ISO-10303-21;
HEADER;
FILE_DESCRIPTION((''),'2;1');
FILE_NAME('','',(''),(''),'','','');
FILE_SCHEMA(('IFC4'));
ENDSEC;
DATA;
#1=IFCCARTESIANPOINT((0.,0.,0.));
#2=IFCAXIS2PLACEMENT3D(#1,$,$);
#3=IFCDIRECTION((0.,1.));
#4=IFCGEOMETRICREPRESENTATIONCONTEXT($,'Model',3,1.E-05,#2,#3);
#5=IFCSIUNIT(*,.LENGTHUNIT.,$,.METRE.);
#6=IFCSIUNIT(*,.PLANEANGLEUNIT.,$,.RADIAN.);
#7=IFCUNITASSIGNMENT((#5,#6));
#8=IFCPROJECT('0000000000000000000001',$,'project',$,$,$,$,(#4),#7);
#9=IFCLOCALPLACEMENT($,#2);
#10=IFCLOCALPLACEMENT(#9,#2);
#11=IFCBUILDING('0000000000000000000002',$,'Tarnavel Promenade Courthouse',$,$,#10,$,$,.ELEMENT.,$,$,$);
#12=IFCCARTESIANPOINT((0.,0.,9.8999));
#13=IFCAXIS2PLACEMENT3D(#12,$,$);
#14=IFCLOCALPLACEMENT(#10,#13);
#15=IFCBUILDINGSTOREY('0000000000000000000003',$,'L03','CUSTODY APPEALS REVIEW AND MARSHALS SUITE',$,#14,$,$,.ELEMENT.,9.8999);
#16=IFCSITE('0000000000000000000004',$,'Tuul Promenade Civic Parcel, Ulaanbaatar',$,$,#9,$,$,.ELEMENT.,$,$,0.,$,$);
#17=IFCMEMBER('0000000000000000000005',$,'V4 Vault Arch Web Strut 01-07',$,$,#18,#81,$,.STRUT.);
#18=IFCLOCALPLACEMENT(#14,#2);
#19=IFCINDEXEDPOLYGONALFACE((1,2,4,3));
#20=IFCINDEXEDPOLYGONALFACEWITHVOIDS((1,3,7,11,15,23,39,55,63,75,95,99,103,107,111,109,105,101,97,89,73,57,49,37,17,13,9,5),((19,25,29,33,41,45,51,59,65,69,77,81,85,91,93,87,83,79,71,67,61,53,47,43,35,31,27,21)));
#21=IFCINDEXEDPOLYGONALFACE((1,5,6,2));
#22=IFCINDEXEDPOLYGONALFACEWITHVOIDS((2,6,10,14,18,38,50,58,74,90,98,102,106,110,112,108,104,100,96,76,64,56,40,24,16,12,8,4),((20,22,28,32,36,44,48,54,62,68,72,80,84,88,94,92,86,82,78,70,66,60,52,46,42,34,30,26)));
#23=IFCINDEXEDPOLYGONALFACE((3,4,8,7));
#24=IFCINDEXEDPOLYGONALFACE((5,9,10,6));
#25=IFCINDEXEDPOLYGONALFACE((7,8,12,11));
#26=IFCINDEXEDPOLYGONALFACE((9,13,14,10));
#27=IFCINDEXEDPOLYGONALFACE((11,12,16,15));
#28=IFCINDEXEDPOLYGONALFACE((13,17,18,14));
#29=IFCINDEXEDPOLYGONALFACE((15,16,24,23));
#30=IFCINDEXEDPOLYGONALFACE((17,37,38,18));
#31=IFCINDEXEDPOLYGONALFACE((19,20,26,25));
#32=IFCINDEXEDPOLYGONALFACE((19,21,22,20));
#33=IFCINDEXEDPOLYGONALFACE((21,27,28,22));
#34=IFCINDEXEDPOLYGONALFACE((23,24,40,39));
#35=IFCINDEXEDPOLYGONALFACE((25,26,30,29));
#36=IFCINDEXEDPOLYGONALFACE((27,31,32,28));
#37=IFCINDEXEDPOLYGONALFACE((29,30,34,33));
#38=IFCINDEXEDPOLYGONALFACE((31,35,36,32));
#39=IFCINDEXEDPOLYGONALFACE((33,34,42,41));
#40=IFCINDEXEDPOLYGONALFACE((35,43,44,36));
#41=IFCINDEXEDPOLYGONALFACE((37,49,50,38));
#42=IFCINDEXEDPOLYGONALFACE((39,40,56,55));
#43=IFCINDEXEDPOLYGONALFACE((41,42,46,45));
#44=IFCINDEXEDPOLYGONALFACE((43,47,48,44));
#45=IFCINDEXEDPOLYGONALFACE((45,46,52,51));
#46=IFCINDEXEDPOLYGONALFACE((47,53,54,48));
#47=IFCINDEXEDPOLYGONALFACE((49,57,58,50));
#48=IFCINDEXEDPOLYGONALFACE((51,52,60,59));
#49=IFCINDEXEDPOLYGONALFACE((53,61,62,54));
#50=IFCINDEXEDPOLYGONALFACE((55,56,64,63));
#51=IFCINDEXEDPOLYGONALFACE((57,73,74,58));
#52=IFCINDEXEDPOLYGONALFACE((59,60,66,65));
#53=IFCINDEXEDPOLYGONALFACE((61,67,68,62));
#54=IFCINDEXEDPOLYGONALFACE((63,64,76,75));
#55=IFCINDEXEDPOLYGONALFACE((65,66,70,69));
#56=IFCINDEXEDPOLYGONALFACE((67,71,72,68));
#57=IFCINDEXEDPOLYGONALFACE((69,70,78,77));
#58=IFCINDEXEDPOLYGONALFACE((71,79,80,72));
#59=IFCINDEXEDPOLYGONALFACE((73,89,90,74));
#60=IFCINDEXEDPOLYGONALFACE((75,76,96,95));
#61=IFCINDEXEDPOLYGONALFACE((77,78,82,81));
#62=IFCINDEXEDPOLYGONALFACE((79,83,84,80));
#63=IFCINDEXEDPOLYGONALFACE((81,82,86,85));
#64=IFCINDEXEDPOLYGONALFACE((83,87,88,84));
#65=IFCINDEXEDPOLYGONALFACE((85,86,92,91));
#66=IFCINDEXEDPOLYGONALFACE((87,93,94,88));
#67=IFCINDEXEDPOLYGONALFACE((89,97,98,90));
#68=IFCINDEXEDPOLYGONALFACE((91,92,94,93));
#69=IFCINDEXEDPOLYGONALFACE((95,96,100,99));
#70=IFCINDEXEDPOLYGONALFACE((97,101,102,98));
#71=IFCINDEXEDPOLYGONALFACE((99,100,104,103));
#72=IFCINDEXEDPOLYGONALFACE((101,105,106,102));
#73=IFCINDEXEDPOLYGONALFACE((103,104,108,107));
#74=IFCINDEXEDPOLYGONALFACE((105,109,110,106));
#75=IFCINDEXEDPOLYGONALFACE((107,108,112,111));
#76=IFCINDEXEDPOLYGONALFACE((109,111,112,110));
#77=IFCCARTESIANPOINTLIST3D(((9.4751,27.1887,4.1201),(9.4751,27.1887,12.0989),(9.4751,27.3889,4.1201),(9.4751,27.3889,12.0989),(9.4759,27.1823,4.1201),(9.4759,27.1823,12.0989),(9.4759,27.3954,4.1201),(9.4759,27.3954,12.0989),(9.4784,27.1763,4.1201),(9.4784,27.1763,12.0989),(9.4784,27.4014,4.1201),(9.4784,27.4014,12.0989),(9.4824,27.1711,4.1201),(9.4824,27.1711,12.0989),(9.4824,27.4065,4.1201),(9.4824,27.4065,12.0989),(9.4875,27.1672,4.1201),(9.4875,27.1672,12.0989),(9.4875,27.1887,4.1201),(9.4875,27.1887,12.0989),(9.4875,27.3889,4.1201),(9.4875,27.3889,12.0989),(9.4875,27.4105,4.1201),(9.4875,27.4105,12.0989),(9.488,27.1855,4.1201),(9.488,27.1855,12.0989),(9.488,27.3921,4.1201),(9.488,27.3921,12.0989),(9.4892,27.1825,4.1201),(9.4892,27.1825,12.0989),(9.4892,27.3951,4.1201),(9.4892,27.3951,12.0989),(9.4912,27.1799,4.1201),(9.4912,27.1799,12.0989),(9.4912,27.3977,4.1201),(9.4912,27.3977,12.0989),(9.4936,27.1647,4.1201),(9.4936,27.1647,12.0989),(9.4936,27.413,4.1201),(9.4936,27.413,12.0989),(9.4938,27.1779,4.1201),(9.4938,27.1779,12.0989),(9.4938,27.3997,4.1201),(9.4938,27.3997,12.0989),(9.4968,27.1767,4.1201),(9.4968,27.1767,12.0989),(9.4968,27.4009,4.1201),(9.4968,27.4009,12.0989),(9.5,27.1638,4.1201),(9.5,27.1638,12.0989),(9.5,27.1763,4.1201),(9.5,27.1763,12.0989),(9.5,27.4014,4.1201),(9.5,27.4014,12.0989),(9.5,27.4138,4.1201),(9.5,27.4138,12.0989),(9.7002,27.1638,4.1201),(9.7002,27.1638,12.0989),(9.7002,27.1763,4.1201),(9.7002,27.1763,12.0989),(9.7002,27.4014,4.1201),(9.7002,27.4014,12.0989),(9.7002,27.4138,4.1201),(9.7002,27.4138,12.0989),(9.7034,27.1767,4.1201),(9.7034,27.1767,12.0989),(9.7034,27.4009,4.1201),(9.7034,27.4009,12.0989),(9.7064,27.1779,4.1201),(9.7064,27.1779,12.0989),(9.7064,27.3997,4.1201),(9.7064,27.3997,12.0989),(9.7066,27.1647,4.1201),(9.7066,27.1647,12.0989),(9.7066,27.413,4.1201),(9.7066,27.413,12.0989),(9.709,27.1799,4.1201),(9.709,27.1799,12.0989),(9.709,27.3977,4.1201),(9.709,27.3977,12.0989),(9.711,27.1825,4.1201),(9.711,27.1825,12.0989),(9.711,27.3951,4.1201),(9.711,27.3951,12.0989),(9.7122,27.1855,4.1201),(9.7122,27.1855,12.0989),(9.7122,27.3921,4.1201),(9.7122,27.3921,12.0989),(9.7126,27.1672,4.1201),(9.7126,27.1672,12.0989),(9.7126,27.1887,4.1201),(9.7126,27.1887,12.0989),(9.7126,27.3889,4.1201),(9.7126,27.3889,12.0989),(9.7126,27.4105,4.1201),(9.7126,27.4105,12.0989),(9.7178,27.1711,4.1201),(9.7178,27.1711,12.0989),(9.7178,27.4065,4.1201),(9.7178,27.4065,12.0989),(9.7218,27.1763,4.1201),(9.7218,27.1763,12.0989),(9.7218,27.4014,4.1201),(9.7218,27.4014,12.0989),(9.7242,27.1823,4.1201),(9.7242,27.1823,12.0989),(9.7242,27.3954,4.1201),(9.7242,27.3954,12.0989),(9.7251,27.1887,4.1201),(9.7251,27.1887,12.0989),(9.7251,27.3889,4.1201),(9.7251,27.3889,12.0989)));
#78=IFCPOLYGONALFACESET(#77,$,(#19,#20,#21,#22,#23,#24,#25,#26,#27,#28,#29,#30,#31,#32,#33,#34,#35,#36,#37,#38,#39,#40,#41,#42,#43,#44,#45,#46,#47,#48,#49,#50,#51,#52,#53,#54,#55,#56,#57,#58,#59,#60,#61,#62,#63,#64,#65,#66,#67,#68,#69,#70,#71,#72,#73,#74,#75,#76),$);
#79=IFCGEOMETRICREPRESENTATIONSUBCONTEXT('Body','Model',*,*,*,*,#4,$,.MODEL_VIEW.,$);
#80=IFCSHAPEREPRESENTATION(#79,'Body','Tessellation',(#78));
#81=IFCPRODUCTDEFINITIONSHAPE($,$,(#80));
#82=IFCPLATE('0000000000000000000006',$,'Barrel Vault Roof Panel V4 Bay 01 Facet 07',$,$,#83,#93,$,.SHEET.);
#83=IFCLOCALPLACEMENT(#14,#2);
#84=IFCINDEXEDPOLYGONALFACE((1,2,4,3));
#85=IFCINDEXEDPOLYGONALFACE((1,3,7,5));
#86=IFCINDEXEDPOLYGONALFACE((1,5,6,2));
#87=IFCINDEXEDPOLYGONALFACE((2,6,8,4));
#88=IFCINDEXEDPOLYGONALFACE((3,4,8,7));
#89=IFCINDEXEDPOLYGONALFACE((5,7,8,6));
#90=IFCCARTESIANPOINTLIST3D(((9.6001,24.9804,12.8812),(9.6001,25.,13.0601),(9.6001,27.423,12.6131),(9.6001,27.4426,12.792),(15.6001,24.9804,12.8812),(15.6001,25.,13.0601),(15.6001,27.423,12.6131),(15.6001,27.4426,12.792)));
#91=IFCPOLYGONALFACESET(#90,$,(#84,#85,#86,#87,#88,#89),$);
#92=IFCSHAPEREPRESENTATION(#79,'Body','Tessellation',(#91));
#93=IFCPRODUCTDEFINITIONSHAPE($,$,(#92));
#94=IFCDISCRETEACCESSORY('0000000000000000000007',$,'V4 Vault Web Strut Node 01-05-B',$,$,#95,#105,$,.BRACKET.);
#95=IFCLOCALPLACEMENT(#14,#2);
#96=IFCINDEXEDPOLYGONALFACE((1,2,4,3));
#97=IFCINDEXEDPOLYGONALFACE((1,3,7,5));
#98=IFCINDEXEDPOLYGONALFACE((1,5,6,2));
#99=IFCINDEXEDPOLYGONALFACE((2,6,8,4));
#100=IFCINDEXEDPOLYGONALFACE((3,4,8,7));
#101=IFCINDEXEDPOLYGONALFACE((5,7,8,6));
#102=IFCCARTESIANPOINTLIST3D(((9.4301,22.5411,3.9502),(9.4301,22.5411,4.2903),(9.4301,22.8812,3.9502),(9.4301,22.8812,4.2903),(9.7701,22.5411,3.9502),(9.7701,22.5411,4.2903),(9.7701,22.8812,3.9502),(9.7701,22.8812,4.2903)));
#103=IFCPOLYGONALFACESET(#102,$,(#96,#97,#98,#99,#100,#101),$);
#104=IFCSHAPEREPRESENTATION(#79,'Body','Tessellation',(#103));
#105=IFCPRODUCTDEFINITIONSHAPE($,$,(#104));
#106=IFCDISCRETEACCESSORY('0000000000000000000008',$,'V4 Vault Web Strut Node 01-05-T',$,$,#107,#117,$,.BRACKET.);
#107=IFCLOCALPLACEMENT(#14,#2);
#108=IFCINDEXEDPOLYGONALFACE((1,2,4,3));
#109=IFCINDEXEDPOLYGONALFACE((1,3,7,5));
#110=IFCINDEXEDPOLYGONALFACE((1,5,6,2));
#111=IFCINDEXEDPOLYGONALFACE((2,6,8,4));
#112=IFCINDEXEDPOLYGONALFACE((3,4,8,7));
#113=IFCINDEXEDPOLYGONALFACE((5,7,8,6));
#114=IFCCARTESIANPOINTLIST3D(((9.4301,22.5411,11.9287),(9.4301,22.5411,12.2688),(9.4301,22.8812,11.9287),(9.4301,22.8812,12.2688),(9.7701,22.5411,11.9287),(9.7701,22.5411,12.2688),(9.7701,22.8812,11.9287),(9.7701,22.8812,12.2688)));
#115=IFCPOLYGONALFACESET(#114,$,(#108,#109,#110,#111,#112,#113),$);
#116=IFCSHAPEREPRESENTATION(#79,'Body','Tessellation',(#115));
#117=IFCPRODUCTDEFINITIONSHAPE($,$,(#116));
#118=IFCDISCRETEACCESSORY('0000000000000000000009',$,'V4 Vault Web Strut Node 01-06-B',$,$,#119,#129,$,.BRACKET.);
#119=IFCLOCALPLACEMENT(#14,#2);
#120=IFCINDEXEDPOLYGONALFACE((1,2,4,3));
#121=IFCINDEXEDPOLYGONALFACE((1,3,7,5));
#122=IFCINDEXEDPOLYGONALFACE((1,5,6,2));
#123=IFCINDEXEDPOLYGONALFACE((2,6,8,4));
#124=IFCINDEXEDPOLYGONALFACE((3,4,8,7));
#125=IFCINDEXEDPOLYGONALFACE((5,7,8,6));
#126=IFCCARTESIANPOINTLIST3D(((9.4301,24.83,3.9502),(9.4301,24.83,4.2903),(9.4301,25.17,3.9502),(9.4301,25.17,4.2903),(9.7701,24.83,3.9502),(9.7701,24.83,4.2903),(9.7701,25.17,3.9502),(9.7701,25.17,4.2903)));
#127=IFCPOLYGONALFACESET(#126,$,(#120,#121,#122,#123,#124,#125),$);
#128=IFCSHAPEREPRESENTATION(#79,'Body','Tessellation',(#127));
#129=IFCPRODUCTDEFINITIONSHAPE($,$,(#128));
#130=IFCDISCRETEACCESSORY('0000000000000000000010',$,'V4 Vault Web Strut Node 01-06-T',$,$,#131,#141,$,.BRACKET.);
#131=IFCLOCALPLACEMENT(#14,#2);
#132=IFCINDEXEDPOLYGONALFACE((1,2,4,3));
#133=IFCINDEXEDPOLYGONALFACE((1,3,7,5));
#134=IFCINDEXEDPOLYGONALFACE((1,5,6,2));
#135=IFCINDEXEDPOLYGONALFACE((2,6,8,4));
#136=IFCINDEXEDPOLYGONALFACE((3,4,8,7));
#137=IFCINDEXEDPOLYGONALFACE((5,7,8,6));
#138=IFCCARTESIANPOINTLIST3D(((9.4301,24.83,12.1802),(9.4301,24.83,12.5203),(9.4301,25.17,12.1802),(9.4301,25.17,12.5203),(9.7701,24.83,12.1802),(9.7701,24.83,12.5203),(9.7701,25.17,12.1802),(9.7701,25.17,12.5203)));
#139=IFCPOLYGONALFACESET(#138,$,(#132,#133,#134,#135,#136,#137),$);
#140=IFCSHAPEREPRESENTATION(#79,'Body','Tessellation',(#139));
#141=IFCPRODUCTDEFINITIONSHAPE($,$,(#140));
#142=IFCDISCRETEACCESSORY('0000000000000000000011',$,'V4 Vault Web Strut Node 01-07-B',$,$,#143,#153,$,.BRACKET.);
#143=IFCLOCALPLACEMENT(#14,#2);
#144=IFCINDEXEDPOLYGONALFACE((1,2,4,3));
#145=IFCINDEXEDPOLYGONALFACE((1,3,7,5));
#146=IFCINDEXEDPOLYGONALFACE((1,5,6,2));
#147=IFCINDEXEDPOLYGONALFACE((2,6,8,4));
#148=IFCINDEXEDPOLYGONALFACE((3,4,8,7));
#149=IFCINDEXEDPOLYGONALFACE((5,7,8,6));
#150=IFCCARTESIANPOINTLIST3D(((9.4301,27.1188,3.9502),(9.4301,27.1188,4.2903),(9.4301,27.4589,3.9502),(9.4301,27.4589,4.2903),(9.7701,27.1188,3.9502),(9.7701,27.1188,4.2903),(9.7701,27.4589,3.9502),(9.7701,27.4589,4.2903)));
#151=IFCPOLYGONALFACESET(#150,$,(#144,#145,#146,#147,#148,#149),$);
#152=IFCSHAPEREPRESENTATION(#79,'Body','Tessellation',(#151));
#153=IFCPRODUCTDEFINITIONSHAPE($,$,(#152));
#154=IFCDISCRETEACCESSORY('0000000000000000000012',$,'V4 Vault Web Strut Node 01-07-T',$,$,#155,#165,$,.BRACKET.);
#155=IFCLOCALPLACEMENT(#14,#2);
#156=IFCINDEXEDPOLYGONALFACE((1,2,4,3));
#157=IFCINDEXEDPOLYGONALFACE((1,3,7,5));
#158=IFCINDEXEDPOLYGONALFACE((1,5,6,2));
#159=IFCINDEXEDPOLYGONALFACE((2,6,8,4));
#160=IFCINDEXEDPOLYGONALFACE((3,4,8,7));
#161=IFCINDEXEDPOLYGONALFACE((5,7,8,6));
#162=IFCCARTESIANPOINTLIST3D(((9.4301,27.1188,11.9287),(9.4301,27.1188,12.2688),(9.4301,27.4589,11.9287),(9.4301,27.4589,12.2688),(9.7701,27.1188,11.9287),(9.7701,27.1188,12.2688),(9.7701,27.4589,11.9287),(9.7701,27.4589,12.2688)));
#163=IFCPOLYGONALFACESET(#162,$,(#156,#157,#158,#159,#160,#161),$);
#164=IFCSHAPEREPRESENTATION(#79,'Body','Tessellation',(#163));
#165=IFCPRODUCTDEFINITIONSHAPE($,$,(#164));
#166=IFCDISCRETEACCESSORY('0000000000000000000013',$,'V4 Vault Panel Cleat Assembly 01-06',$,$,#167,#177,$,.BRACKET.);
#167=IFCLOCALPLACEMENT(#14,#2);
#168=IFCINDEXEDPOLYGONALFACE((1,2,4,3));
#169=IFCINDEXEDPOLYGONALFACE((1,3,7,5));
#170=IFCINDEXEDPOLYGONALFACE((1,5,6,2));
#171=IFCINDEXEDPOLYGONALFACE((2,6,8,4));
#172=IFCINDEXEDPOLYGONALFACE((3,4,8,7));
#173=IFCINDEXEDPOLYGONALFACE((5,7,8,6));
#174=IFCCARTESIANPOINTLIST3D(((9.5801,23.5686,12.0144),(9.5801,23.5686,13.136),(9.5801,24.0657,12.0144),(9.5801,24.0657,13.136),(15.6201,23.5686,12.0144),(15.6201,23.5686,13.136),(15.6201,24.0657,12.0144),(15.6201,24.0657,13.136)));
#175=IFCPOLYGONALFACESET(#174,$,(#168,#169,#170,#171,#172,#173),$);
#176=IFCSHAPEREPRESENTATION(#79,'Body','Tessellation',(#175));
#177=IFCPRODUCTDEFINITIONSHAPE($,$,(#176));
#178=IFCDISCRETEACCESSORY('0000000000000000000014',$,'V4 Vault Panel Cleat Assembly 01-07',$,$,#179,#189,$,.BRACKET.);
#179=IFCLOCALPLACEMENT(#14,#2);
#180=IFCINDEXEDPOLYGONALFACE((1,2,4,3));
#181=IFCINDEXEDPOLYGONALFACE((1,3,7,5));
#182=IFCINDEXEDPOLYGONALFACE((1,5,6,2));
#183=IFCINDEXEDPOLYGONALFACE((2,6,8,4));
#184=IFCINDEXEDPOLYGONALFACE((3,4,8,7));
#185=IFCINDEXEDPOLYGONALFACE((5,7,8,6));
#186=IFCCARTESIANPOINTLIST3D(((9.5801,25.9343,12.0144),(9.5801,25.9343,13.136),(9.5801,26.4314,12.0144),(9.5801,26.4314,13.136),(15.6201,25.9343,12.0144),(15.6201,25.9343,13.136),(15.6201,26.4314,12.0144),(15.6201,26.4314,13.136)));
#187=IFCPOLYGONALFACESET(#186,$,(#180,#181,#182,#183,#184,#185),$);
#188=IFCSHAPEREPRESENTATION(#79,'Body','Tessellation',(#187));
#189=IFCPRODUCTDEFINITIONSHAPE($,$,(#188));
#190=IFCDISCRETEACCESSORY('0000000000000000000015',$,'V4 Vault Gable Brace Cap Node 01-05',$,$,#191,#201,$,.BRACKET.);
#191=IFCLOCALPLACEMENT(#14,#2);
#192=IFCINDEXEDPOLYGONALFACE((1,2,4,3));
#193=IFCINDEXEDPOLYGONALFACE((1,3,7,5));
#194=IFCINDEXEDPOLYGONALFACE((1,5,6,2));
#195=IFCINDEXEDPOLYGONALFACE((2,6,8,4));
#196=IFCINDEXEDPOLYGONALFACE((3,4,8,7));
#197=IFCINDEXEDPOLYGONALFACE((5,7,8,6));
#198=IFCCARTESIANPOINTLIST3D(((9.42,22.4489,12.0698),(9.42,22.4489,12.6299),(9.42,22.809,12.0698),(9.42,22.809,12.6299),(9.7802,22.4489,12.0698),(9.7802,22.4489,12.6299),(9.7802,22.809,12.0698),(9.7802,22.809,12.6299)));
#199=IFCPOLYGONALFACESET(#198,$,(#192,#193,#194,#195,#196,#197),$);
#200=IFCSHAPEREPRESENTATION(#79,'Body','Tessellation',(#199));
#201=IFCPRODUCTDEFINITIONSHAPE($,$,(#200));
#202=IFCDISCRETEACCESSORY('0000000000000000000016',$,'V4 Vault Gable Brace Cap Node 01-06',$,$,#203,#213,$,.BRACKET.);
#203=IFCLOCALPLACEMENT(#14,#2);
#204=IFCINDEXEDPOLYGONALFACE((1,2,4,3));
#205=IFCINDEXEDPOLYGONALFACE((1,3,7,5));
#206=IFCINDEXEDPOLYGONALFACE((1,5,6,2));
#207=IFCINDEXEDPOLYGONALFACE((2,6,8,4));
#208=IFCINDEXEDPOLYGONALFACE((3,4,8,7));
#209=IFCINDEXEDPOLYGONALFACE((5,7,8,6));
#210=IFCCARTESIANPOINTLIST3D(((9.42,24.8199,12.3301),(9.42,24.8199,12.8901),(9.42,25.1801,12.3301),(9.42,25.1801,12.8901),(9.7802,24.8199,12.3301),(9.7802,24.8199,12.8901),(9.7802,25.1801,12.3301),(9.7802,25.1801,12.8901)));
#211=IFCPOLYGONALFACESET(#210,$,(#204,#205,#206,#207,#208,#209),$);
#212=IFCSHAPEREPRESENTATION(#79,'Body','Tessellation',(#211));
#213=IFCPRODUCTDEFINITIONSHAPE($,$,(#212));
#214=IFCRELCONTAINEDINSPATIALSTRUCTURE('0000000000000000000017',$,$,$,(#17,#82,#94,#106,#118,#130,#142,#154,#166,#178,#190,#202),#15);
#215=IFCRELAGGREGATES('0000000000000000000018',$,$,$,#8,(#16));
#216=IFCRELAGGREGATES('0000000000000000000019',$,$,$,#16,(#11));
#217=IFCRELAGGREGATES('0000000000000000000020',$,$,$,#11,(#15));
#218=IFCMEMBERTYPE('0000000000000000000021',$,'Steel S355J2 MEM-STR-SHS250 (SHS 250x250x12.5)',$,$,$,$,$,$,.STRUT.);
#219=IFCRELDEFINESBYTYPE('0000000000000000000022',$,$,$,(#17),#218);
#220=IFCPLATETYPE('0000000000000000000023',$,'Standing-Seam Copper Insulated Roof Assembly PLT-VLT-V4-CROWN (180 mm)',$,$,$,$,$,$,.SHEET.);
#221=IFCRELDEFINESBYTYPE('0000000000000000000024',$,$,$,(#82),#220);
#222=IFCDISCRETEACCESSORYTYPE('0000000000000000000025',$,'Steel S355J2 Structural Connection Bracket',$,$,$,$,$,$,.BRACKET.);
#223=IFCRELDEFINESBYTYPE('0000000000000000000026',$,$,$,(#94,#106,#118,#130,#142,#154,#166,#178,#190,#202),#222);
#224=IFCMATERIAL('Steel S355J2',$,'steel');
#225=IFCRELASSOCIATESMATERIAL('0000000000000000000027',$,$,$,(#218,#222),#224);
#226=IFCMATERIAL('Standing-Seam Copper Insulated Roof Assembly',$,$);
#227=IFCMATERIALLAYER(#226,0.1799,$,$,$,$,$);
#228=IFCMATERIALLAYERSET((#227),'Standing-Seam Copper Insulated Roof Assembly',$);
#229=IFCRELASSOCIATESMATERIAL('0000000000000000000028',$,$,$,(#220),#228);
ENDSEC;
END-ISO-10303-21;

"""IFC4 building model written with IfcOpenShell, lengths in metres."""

from ifc_helpers import new_model, si_unit, direction, frame, origin, origin_2d, place, context, subcontext, project, spatial, polyline, rectangle, hollow_rectangle, outline, extrude, material, layer, layer_set, material_profile, profile_set, type_object, element, save


model = new_model("IFC4")

# Units and contexts
model_context = context("Model", 3, precision=1e-05, world=origin(), true_north=direction((0.0, 1.0)))
body_context = subcontext(model_context, "Body", "Model", "MODEL_VIEW")
ifc_project = project(units=[si_unit("LENGTHUNIT", "METRE"), si_unit("PLANEANGLEUNIT", "RADIAN")], contexts=[model_context])

# Site, building, storey
site_placement = place(None, origin())
site = spatial("IfcSite", under=ifc_project, at=site_placement, Name="Tuul Promenade Civic Parcel, Ulaanbaatar", CompositionType="ELEMENT", RefElevation=0.0)
building_placement = place(site_placement, origin())
building = spatial("IfcBuilding", under=site, at=building_placement, Name="Tarnavel Promenade Courthouse", CompositionType="ELEMENT")
storey_placement = place(building_placement, frame((0.0, 0.0, 9.8999)))
storey = spatial("IfcBuildingStorey", under=building, at=storey_placement, Name="L03", Description="CUSTODY APPEALS REVIEW AND MARSHALS SUITE", CompositionType="ELEMENT", Elevation=9.8999)

# Shared definitions
ifc_material_1 = material(Name="Steel S355J2", Category="steel")

# Member
ifc_material_profile_1 = material_profile(ifc_material_1, hollow_rectangle(XDim=0.25, YDim=0.25, WallThickness=0.0125, InnerFilletRadius=0.0125, OuterFilletRadius=0.0249, at=origin_2d()), Name="SHS 250x250x12.5")
ifc_profile_set_1 = profile_set([ifc_material_profile_1], Name="Steel S355J2")
member_type_1 = type_object("IfcMemberType", Name="Steel S355J2 MEM-STR-SHS250 (SHS 250x250x12.5)", PredefinedType="STRUT", material=ifc_profile_set_1)
member_1_placement = place(storey_placement, frame((9.6001, 27.2888, 4.1201), z_axis=(0.0, 0.0, 1.0), x_axis=(1.0, 0.0, 0.0)))
element("IfcMember", 1, at=member_1_placement, inside=storey, type_object=member_type_1, Name="V4 Vault Arch Web Strut 01-07", PredefinedType="STRUT", context=body_context, shape_type="SweptSolid", body=[
    extrude(hollow_rectangle(XDim=0.25, YDim=0.25, WallThickness=0.0125, InnerFilletRadius=0.0125, OuterFilletRadius=0.0249, at=origin_2d()), origin(), (0.0, 0.0, 1.0), 7.9788),
])

# Plate
ifc_material_2 = material(Name="Standing-Seam Copper Insulated Roof Assembly")
ifc_layer = layer(ifc_material_2, 0.1799)
ifc_layer_set = layer_set([ifc_layer], Name="Standing-Seam Copper Insulated Roof Assembly")
plate_type = type_object("IfcPlateType", Name="Standing-Seam Copper Insulated Roof Assembly PLT-VLT-V4-CROWN (180 mm)", PredefinedType="SHEET", material=ifc_layer_set)
plate_placement = place(storey_placement, frame((9.6001, 25.0, 13.0601), z_axis=(0.0, 0.10909, 0.994032), x_axis=(1.0, 0.0, 0.0)))
element("IfcPlate", 2, at=plate_placement, inside=storey, type_object=plate_type, Name="Barrel Vault Roof Panel V4 Bay 01 Facet 07", PredefinedType="SHEET", context=body_context, shape_type="SweptSolid", body=[
    extrude(outline(polyline([(0.0, 0.0), (6.0, 0.0), (6.0, 2.4573), (0.0, 2.4573), (0.0, 0.0)])), origin(), (0.0, 0.0, -1.0), 0.1799),
])

# Discrete accessories
discrete_accessory_type = type_object("IfcDiscreteAccessoryType", Name="Steel S355J2 Structural Connection Bracket", PredefinedType="BRACKET", material=ifc_material_1)
for number, where, z_axis, x_axis, name in (
    (3, (9.6001, 22.7112, 3.9502), (0.0, 0.0, 1.0), (1.0, 0.0, 0.0), "V4 Vault Web Strut Node 01-05-B"),
    (4, (9.6001, 22.7112, 11.9287), (0.0, 0.0, 1.0), (1.0, 0.0, 0.0), "V4 Vault Web Strut Node 01-05-T"),
    (5, (9.6001, 25.0, 3.9502), (0.0, 0.0, 1.0), (1.0, 0.0, 0.0), "V4 Vault Web Strut Node 01-06-B"),
    (6, (9.6001, 25.0, 12.1802), (0.0, 0.0, 1.0), (1.0, 0.0, 0.0), "V4 Vault Web Strut Node 01-06-T"),
    (7, (9.6001, 27.2888, 3.9502), (0.0, 0.0, 1.0), (1.0, 0.0, 0.0), "V4 Vault Web Strut Node 01-07-B"),
    (8, (9.6001, 27.2888, 11.9287), (0.0, 0.0, 1.0), (1.0, 0.0, 0.0), "V4 Vault Web Strut Node 01-07-T"),
):
    element("IfcDiscreteAccessory", number, at=place(storey_placement, frame(where, z_axis=z_axis, x_axis=x_axis)), inside=storey, type_object=discrete_accessory_type, Name=name, PredefinedType="BRACKET", context=body_context, shape_type="SweptSolid", body=[
        extrude(rectangle(XDim=0.3401, YDim=0.3401, at=origin_2d()), origin(), (0.0, 0.0, 1.0), 0.3401),
    ])
for number, where, z_axis, x_axis, name in (
    (9, (12.6001, 23.8171, 12.0144), (0.0, 0.0, 1.0), (1.0, 0.0, 0.0), "V4 Vault Panel Cleat Assembly 01-06"),
    (10, (12.6001, 26.1829, 12.0144), (0.0, 0.0, 1.0), (1.0, 0.0, 0.0), "V4 Vault Panel Cleat Assembly 01-07"),
):
    element("IfcDiscreteAccessory", number, at=place(storey_placement, frame(where, z_axis=z_axis, x_axis=x_axis)), inside=storey, type_object=discrete_accessory_type, Name=name, PredefinedType="BRACKET", context=body_context, shape_type="SweptSolid", body=[
        extrude(rectangle(XDim=6.04, YDim=0.4971, at=origin_2d()), origin(), (0.0, 0.0, 1.0), 1.1216),
    ])
for number, where, z_axis, x_axis, name in (
    (11, (9.6001, 22.6289, 12.0698), (0.0, 0.0, 1.0), (1.0, 0.0, 0.0), "V4 Vault Gable Brace Cap Node 01-05"),
    (12, (9.6001, 25.0, 12.3301), (0.0, 0.0, 1.0), (1.0, 0.0, 0.0), "V4 Vault Gable Brace Cap Node 01-06"),
):
    element("IfcDiscreteAccessory", number, at=place(storey_placement, frame(where, z_axis=z_axis, x_axis=x_axis)), inside=storey, type_object=discrete_accessory_type, Name=name, PredefinedType="BRACKET", context=body_context, shape_type="SweptSolid", body=[
        extrude(rectangle(XDim=0.3601, YDim=0.3601, at=origin_2d()), origin(), (0.0, 0.0, 1.0), 0.5601),
    ])

save(model, "model.ifc")
